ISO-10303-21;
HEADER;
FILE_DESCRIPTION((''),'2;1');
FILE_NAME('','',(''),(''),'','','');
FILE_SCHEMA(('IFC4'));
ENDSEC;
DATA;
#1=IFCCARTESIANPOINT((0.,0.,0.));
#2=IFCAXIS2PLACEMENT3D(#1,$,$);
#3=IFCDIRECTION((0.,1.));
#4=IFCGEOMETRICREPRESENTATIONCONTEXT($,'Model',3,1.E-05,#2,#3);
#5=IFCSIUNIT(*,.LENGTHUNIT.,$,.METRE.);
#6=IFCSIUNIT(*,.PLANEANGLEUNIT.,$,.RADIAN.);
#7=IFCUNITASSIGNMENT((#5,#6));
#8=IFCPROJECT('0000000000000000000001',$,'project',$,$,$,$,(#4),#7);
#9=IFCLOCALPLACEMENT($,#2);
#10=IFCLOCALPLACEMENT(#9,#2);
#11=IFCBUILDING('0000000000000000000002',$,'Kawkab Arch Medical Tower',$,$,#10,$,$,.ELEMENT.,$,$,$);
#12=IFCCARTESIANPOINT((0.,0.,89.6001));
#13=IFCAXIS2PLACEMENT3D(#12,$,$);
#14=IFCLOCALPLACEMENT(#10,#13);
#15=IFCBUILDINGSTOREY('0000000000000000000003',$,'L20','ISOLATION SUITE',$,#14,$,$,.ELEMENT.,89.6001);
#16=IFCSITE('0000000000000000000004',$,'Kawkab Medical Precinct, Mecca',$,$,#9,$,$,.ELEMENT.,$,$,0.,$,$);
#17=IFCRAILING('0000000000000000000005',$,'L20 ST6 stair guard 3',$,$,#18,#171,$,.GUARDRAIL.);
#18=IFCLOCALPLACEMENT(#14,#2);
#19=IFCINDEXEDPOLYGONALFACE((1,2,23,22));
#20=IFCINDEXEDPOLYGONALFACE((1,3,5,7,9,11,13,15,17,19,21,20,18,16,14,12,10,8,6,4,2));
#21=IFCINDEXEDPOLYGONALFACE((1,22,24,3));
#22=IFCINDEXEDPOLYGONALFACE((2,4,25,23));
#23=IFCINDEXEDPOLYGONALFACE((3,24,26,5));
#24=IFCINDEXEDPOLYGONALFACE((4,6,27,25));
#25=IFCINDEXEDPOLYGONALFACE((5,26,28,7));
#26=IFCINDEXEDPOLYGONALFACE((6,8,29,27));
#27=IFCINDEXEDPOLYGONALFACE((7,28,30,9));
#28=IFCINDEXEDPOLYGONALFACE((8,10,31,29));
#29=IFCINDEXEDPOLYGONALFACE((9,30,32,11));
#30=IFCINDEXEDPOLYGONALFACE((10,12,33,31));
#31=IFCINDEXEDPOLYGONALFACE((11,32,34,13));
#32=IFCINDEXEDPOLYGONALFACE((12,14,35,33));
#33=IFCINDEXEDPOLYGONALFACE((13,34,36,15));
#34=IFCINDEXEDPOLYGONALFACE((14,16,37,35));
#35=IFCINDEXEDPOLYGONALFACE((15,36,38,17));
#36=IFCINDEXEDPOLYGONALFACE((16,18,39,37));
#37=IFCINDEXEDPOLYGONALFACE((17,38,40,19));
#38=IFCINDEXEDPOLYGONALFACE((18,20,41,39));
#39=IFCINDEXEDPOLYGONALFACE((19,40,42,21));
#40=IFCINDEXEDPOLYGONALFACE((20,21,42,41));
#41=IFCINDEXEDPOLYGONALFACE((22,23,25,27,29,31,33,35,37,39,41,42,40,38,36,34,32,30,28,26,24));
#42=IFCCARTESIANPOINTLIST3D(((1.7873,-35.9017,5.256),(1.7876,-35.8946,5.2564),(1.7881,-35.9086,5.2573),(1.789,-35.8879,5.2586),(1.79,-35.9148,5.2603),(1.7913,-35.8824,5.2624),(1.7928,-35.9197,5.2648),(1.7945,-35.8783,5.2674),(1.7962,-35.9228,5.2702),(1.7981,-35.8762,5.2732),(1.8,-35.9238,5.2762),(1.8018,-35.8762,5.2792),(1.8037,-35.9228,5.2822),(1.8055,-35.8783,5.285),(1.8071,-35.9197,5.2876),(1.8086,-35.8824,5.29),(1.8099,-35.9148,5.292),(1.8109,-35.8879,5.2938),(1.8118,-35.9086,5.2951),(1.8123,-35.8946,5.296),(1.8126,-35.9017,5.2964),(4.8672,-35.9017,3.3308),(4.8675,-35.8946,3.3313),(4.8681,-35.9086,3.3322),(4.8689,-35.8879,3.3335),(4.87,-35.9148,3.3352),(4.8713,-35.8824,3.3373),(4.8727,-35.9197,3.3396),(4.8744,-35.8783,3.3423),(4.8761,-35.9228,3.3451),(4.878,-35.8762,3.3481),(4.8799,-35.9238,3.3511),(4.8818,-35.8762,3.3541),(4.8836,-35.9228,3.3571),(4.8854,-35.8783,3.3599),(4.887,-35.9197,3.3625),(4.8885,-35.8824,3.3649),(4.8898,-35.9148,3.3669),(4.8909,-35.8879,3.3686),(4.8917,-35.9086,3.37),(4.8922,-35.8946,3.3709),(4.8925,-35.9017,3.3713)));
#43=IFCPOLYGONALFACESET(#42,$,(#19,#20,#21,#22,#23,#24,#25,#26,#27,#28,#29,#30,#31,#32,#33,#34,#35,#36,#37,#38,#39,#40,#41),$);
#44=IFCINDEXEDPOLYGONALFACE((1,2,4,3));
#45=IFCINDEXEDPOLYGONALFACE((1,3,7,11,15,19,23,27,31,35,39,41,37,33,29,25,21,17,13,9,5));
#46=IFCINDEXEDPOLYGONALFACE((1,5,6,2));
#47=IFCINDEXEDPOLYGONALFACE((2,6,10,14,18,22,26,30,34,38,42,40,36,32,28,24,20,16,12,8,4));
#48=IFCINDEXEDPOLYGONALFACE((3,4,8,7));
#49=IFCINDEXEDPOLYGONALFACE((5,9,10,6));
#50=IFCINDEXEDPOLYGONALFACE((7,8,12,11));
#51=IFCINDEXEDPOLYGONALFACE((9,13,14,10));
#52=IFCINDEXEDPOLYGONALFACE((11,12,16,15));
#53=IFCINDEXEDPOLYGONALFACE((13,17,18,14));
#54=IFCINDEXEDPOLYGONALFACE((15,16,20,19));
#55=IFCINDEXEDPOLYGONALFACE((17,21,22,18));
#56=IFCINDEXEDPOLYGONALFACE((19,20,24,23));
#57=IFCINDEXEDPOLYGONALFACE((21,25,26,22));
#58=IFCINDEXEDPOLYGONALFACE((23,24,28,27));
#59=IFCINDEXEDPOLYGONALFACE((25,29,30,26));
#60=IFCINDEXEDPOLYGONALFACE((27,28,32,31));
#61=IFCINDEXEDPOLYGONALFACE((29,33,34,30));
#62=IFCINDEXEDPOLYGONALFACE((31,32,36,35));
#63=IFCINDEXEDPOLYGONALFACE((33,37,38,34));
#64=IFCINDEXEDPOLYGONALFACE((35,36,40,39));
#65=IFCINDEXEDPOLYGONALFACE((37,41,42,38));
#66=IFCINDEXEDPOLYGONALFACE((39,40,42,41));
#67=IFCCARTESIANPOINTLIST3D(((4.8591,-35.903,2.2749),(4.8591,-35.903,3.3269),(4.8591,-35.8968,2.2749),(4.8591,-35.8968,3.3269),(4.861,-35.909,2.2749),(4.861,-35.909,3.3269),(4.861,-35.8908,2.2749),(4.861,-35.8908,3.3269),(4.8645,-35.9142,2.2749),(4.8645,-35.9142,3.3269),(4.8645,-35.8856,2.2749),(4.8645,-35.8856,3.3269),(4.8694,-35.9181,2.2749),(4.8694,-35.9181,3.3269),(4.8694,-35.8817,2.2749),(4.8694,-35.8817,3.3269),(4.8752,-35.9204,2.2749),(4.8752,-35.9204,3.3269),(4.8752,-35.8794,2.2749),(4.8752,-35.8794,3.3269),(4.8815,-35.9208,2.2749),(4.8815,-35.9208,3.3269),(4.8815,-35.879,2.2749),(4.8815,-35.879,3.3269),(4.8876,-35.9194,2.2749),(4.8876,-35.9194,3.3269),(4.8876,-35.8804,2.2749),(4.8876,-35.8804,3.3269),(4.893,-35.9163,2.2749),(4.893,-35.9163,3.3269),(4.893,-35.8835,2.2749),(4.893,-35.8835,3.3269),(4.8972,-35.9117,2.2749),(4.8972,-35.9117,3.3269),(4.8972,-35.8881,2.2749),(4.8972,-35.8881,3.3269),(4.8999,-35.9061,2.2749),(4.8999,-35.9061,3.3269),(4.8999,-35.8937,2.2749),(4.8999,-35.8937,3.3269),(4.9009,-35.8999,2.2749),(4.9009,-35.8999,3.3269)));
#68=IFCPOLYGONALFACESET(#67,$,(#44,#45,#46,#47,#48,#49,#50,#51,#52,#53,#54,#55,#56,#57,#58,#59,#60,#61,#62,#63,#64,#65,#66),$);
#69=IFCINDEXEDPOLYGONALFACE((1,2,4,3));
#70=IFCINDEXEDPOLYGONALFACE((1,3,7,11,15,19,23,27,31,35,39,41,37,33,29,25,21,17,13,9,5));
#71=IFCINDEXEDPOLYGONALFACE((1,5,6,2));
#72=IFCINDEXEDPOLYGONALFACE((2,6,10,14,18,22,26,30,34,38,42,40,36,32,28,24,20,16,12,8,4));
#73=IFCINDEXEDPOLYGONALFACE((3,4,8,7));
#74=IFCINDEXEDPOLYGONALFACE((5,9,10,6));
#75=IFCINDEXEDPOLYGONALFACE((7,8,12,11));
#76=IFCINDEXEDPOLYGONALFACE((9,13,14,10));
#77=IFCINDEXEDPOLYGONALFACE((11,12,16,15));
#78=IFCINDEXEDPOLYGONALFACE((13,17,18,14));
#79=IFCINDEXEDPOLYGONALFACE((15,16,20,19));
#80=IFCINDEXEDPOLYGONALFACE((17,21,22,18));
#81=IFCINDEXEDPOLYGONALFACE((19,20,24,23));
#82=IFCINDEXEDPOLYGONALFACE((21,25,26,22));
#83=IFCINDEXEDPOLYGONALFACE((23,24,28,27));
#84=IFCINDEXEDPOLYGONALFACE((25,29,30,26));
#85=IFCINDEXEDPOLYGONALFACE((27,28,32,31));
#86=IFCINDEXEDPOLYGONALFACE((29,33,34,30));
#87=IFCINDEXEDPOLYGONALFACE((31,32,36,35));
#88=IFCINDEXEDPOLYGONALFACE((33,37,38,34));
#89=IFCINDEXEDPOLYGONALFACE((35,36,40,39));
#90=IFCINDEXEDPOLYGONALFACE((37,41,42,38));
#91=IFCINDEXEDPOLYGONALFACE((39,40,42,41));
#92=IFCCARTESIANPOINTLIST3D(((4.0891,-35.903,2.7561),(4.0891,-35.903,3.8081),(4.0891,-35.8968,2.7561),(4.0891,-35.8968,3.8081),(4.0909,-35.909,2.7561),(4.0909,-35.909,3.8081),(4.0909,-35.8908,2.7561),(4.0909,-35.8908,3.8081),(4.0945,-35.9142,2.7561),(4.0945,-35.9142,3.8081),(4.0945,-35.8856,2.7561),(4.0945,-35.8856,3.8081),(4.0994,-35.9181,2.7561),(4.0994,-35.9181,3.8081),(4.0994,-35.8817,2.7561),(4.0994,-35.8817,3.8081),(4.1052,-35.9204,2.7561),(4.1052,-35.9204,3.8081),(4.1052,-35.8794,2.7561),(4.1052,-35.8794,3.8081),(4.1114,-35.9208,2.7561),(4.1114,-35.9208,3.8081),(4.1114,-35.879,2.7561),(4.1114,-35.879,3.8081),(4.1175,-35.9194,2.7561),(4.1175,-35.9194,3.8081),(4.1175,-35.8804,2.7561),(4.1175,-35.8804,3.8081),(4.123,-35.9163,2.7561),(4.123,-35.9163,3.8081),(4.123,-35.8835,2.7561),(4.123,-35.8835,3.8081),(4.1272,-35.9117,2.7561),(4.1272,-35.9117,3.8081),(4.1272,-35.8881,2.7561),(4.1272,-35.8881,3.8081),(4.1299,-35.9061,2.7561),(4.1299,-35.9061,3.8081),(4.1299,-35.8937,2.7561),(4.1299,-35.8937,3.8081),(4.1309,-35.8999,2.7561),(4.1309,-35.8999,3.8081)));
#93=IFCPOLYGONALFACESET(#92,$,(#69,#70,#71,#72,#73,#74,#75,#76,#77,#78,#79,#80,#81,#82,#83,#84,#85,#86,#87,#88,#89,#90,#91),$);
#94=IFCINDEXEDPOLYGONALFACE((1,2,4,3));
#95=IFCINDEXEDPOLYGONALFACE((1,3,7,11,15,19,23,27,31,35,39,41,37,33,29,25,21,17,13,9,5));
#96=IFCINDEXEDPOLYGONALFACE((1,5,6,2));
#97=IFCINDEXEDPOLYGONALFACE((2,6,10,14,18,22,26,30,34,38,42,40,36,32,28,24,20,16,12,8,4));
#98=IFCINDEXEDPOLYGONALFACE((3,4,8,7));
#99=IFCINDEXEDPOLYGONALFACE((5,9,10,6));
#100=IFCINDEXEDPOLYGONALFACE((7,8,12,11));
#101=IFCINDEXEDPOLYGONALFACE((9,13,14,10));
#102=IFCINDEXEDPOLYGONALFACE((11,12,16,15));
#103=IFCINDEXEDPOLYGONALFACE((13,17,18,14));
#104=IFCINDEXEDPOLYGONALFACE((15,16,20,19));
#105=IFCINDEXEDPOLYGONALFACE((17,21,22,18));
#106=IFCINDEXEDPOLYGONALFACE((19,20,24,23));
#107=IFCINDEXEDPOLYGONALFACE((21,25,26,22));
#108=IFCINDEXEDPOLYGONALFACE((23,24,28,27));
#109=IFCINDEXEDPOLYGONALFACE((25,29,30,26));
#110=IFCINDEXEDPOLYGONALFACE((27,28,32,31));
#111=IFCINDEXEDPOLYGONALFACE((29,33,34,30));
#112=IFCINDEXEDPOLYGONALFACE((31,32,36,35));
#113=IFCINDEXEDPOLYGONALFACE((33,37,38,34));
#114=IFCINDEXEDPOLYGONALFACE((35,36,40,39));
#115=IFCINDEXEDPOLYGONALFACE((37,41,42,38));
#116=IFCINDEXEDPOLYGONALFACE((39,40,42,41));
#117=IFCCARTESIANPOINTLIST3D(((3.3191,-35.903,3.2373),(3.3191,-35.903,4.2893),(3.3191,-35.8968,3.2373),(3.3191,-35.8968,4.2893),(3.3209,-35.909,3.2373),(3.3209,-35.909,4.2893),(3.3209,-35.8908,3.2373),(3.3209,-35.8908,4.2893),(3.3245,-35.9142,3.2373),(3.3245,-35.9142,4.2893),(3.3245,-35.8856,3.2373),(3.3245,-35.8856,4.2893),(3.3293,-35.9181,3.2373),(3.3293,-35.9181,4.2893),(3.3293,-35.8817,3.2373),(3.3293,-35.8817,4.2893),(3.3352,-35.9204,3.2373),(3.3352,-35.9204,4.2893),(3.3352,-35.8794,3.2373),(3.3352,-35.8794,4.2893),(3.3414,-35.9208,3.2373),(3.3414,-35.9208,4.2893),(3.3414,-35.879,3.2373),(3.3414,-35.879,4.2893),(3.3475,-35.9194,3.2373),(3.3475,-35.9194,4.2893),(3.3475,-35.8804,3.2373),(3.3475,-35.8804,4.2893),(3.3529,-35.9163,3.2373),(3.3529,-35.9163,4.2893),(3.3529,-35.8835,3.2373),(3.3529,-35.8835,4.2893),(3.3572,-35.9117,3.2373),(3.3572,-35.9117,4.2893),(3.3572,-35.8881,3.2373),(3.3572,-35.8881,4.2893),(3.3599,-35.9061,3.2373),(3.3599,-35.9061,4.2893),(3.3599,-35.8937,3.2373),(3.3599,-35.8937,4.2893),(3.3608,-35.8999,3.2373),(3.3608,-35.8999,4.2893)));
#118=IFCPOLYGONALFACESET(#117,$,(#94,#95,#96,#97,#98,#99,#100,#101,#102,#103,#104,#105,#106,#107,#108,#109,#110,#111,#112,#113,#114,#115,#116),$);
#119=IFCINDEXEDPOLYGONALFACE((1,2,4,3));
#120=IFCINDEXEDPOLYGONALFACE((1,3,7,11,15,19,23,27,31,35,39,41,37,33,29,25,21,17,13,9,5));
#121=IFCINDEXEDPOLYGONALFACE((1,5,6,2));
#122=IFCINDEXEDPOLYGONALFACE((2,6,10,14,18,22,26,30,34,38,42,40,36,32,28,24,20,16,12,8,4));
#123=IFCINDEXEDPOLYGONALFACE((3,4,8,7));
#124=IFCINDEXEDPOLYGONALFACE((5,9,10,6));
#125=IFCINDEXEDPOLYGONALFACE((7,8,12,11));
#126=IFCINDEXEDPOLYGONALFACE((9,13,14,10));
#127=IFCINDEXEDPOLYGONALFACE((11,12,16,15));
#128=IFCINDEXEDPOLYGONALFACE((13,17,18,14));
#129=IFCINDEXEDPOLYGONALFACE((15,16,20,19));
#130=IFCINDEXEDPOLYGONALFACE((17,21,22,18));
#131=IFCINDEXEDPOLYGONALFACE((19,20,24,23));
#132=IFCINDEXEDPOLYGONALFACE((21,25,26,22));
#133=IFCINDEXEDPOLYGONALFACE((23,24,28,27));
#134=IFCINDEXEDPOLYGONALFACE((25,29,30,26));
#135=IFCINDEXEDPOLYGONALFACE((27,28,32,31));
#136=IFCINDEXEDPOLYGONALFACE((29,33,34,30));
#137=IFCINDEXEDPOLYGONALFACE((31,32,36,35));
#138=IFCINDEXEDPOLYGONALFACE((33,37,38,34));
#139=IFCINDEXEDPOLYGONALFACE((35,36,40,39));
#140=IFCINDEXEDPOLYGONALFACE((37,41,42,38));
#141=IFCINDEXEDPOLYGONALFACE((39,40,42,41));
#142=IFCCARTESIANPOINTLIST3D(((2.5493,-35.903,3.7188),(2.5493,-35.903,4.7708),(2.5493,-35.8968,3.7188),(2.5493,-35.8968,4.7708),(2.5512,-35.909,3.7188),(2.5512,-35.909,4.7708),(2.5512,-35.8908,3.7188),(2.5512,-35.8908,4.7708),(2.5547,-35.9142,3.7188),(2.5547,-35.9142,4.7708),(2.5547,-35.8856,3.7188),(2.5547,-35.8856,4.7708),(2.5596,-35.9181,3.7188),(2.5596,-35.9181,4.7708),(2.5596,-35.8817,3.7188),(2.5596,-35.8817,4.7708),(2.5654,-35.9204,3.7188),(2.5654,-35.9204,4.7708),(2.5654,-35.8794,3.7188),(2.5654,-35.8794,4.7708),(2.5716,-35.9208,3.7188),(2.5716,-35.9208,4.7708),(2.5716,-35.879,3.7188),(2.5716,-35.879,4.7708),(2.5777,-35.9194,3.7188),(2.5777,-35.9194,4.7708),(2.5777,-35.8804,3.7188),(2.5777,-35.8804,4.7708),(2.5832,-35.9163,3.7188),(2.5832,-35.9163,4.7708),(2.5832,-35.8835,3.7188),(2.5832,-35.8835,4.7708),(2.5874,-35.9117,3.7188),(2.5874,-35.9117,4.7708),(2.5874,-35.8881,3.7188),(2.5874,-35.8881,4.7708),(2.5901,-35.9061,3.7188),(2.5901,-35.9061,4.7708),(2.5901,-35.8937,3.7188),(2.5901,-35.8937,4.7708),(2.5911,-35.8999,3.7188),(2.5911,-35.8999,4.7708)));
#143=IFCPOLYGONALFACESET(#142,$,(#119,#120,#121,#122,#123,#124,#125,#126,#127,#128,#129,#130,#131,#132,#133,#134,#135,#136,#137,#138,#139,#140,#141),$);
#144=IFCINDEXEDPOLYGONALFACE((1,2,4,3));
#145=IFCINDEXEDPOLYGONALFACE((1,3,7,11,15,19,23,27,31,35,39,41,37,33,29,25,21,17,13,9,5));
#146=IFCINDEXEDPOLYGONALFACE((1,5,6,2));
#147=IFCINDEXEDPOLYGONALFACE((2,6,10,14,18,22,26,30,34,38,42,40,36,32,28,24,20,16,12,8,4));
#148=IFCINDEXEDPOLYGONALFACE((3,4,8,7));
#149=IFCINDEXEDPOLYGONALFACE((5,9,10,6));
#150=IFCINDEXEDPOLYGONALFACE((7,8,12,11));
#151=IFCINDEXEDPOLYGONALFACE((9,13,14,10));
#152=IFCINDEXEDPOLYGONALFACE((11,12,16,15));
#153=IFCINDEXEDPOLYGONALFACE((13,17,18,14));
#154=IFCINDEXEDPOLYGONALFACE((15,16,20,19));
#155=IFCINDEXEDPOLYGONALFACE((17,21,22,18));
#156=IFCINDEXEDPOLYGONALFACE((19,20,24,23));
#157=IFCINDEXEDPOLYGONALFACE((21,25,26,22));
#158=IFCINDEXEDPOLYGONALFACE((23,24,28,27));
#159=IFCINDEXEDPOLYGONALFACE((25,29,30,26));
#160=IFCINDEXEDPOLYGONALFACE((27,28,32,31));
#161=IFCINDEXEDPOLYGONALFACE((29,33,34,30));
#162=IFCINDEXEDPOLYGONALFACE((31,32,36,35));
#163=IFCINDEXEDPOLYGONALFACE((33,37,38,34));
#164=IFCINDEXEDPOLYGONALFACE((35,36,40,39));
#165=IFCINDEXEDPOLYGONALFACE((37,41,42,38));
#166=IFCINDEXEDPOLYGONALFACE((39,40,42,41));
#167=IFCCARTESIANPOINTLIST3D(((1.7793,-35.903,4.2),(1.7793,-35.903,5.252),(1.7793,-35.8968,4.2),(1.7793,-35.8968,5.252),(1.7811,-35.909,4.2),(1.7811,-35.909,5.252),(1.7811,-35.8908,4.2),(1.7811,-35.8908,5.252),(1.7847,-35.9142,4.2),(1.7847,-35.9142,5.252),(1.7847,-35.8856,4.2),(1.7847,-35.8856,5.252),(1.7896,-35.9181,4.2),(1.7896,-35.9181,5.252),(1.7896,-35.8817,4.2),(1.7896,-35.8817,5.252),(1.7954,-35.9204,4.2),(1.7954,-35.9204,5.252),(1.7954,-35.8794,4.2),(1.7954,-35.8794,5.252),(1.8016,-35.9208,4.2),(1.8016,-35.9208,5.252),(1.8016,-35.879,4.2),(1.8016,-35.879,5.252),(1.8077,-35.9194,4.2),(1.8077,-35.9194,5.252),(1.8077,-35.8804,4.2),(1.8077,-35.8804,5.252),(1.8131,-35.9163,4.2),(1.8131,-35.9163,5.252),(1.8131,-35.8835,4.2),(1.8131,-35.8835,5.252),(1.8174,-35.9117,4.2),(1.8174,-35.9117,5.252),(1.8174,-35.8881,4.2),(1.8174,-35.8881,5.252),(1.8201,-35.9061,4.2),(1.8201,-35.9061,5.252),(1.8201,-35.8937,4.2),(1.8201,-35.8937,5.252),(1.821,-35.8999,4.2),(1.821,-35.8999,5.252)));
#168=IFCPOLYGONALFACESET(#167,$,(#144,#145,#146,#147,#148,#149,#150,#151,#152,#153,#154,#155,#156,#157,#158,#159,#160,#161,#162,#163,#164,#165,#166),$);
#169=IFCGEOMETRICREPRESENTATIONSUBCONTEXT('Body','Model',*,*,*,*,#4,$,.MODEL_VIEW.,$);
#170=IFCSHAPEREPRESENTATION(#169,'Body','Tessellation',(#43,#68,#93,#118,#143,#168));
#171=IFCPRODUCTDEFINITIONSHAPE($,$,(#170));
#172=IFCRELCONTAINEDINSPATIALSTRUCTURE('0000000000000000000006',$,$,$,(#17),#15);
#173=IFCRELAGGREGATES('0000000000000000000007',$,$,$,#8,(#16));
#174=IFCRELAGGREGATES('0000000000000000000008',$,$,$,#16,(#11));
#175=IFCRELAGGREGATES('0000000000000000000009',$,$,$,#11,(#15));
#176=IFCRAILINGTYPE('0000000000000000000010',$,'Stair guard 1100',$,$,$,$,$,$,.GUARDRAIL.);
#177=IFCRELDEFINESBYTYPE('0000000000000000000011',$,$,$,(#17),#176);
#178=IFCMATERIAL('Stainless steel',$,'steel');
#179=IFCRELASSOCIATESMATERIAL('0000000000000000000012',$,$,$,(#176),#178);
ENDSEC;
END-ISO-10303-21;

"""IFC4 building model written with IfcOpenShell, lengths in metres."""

from ifc_helpers import new_model, si_unit, direction, frame, origin, origin_2d, place, context, subcontext, project, spatial, circle, extrude, material, type_object, element, save


model = new_model("IFC4")

# Units and contexts
model_context = context("Model", 3, precision=1e-05, world=origin(), true_north=direction((0.0, 1.0)))
body_context = subcontext(model_context, "Body", "Model", "MODEL_VIEW")
ifc_project = project(units=[si_unit("LENGTHUNIT", "METRE"), si_unit("PLANEANGLEUNIT", "RADIAN")], contexts=[model_context])

# Site, building, storey
site_placement = place(None, origin())
site = spatial("IfcSite", under=ifc_project, at=site_placement, Name="Kawkab Medical Precinct, Mecca", CompositionType="ELEMENT", RefElevation=0.0)
building_placement = place(site_placement, origin())
building = spatial("IfcBuilding", under=site, at=building_placement, Name="Kawkab Arch Medical Tower", CompositionType="ELEMENT")
storey_placement = place(building_placement, frame((0.0, 0.0, 89.6001)))
storey = spatial("IfcBuildingStorey", under=building, at=storey_placement, Name="L20", Description="ISOLATION SUITE", CompositionType="ELEMENT", Elevation=89.6001)

# Railing
ifc_material_1 = material(Name="Stainless steel", Category="steel")
railing_type = type_object("IfcRailingType", Name="Stair guard 1100", PredefinedType="GUARDRAIL", material=ifc_material_1)
railing_1_placement = place(storey_placement, frame((4.8799, -35.8999, 2.2749)))
element("IfcRailing", 1, at=railing_1_placement, inside=storey, type_object=railing_type, Name="L20 ST6 stair guard 3", PredefinedType="GUARDRAIL", context=body_context, shape_type="SweptSolid", body=[
    extrude(circle(Radius=0.0239, at=origin_2d()), frame((0.0, 0.0, 1.0762), z_axis=(-0.847979, 0.0, 0.530029), x_axis=(0.0, -1.0, 0.0)), (0.0, 0.0, 1.0), 3.6321),
    extrude(circle(Radius=0.021, at=origin_2d()), origin(), (0.0, 0.0, 1.0), 1.052),
    extrude(circle(Radius=0.021, at=origin_2d()), frame((-0.77, 0.0, 0.4812)), (0.0, 0.0, 1.0), 1.052),
    extrude(circle(Radius=0.021, at=origin_2d()), frame((-1.54, 0.0, 0.9624)), (0.0, 0.0, 1.0), 1.052),
    extrude(circle(Radius=0.021, at=origin_2d()), frame((-2.3098, 0.0, 1.4438)), (0.0, 0.0, 1.0), 1.052),
    extrude(circle(Radius=0.021, at=origin_2d()), frame((-3.0798, 0.0, 1.925)), (0.0, 0.0, 1.0), 1.052),
])

save(model, "model.ifc")
